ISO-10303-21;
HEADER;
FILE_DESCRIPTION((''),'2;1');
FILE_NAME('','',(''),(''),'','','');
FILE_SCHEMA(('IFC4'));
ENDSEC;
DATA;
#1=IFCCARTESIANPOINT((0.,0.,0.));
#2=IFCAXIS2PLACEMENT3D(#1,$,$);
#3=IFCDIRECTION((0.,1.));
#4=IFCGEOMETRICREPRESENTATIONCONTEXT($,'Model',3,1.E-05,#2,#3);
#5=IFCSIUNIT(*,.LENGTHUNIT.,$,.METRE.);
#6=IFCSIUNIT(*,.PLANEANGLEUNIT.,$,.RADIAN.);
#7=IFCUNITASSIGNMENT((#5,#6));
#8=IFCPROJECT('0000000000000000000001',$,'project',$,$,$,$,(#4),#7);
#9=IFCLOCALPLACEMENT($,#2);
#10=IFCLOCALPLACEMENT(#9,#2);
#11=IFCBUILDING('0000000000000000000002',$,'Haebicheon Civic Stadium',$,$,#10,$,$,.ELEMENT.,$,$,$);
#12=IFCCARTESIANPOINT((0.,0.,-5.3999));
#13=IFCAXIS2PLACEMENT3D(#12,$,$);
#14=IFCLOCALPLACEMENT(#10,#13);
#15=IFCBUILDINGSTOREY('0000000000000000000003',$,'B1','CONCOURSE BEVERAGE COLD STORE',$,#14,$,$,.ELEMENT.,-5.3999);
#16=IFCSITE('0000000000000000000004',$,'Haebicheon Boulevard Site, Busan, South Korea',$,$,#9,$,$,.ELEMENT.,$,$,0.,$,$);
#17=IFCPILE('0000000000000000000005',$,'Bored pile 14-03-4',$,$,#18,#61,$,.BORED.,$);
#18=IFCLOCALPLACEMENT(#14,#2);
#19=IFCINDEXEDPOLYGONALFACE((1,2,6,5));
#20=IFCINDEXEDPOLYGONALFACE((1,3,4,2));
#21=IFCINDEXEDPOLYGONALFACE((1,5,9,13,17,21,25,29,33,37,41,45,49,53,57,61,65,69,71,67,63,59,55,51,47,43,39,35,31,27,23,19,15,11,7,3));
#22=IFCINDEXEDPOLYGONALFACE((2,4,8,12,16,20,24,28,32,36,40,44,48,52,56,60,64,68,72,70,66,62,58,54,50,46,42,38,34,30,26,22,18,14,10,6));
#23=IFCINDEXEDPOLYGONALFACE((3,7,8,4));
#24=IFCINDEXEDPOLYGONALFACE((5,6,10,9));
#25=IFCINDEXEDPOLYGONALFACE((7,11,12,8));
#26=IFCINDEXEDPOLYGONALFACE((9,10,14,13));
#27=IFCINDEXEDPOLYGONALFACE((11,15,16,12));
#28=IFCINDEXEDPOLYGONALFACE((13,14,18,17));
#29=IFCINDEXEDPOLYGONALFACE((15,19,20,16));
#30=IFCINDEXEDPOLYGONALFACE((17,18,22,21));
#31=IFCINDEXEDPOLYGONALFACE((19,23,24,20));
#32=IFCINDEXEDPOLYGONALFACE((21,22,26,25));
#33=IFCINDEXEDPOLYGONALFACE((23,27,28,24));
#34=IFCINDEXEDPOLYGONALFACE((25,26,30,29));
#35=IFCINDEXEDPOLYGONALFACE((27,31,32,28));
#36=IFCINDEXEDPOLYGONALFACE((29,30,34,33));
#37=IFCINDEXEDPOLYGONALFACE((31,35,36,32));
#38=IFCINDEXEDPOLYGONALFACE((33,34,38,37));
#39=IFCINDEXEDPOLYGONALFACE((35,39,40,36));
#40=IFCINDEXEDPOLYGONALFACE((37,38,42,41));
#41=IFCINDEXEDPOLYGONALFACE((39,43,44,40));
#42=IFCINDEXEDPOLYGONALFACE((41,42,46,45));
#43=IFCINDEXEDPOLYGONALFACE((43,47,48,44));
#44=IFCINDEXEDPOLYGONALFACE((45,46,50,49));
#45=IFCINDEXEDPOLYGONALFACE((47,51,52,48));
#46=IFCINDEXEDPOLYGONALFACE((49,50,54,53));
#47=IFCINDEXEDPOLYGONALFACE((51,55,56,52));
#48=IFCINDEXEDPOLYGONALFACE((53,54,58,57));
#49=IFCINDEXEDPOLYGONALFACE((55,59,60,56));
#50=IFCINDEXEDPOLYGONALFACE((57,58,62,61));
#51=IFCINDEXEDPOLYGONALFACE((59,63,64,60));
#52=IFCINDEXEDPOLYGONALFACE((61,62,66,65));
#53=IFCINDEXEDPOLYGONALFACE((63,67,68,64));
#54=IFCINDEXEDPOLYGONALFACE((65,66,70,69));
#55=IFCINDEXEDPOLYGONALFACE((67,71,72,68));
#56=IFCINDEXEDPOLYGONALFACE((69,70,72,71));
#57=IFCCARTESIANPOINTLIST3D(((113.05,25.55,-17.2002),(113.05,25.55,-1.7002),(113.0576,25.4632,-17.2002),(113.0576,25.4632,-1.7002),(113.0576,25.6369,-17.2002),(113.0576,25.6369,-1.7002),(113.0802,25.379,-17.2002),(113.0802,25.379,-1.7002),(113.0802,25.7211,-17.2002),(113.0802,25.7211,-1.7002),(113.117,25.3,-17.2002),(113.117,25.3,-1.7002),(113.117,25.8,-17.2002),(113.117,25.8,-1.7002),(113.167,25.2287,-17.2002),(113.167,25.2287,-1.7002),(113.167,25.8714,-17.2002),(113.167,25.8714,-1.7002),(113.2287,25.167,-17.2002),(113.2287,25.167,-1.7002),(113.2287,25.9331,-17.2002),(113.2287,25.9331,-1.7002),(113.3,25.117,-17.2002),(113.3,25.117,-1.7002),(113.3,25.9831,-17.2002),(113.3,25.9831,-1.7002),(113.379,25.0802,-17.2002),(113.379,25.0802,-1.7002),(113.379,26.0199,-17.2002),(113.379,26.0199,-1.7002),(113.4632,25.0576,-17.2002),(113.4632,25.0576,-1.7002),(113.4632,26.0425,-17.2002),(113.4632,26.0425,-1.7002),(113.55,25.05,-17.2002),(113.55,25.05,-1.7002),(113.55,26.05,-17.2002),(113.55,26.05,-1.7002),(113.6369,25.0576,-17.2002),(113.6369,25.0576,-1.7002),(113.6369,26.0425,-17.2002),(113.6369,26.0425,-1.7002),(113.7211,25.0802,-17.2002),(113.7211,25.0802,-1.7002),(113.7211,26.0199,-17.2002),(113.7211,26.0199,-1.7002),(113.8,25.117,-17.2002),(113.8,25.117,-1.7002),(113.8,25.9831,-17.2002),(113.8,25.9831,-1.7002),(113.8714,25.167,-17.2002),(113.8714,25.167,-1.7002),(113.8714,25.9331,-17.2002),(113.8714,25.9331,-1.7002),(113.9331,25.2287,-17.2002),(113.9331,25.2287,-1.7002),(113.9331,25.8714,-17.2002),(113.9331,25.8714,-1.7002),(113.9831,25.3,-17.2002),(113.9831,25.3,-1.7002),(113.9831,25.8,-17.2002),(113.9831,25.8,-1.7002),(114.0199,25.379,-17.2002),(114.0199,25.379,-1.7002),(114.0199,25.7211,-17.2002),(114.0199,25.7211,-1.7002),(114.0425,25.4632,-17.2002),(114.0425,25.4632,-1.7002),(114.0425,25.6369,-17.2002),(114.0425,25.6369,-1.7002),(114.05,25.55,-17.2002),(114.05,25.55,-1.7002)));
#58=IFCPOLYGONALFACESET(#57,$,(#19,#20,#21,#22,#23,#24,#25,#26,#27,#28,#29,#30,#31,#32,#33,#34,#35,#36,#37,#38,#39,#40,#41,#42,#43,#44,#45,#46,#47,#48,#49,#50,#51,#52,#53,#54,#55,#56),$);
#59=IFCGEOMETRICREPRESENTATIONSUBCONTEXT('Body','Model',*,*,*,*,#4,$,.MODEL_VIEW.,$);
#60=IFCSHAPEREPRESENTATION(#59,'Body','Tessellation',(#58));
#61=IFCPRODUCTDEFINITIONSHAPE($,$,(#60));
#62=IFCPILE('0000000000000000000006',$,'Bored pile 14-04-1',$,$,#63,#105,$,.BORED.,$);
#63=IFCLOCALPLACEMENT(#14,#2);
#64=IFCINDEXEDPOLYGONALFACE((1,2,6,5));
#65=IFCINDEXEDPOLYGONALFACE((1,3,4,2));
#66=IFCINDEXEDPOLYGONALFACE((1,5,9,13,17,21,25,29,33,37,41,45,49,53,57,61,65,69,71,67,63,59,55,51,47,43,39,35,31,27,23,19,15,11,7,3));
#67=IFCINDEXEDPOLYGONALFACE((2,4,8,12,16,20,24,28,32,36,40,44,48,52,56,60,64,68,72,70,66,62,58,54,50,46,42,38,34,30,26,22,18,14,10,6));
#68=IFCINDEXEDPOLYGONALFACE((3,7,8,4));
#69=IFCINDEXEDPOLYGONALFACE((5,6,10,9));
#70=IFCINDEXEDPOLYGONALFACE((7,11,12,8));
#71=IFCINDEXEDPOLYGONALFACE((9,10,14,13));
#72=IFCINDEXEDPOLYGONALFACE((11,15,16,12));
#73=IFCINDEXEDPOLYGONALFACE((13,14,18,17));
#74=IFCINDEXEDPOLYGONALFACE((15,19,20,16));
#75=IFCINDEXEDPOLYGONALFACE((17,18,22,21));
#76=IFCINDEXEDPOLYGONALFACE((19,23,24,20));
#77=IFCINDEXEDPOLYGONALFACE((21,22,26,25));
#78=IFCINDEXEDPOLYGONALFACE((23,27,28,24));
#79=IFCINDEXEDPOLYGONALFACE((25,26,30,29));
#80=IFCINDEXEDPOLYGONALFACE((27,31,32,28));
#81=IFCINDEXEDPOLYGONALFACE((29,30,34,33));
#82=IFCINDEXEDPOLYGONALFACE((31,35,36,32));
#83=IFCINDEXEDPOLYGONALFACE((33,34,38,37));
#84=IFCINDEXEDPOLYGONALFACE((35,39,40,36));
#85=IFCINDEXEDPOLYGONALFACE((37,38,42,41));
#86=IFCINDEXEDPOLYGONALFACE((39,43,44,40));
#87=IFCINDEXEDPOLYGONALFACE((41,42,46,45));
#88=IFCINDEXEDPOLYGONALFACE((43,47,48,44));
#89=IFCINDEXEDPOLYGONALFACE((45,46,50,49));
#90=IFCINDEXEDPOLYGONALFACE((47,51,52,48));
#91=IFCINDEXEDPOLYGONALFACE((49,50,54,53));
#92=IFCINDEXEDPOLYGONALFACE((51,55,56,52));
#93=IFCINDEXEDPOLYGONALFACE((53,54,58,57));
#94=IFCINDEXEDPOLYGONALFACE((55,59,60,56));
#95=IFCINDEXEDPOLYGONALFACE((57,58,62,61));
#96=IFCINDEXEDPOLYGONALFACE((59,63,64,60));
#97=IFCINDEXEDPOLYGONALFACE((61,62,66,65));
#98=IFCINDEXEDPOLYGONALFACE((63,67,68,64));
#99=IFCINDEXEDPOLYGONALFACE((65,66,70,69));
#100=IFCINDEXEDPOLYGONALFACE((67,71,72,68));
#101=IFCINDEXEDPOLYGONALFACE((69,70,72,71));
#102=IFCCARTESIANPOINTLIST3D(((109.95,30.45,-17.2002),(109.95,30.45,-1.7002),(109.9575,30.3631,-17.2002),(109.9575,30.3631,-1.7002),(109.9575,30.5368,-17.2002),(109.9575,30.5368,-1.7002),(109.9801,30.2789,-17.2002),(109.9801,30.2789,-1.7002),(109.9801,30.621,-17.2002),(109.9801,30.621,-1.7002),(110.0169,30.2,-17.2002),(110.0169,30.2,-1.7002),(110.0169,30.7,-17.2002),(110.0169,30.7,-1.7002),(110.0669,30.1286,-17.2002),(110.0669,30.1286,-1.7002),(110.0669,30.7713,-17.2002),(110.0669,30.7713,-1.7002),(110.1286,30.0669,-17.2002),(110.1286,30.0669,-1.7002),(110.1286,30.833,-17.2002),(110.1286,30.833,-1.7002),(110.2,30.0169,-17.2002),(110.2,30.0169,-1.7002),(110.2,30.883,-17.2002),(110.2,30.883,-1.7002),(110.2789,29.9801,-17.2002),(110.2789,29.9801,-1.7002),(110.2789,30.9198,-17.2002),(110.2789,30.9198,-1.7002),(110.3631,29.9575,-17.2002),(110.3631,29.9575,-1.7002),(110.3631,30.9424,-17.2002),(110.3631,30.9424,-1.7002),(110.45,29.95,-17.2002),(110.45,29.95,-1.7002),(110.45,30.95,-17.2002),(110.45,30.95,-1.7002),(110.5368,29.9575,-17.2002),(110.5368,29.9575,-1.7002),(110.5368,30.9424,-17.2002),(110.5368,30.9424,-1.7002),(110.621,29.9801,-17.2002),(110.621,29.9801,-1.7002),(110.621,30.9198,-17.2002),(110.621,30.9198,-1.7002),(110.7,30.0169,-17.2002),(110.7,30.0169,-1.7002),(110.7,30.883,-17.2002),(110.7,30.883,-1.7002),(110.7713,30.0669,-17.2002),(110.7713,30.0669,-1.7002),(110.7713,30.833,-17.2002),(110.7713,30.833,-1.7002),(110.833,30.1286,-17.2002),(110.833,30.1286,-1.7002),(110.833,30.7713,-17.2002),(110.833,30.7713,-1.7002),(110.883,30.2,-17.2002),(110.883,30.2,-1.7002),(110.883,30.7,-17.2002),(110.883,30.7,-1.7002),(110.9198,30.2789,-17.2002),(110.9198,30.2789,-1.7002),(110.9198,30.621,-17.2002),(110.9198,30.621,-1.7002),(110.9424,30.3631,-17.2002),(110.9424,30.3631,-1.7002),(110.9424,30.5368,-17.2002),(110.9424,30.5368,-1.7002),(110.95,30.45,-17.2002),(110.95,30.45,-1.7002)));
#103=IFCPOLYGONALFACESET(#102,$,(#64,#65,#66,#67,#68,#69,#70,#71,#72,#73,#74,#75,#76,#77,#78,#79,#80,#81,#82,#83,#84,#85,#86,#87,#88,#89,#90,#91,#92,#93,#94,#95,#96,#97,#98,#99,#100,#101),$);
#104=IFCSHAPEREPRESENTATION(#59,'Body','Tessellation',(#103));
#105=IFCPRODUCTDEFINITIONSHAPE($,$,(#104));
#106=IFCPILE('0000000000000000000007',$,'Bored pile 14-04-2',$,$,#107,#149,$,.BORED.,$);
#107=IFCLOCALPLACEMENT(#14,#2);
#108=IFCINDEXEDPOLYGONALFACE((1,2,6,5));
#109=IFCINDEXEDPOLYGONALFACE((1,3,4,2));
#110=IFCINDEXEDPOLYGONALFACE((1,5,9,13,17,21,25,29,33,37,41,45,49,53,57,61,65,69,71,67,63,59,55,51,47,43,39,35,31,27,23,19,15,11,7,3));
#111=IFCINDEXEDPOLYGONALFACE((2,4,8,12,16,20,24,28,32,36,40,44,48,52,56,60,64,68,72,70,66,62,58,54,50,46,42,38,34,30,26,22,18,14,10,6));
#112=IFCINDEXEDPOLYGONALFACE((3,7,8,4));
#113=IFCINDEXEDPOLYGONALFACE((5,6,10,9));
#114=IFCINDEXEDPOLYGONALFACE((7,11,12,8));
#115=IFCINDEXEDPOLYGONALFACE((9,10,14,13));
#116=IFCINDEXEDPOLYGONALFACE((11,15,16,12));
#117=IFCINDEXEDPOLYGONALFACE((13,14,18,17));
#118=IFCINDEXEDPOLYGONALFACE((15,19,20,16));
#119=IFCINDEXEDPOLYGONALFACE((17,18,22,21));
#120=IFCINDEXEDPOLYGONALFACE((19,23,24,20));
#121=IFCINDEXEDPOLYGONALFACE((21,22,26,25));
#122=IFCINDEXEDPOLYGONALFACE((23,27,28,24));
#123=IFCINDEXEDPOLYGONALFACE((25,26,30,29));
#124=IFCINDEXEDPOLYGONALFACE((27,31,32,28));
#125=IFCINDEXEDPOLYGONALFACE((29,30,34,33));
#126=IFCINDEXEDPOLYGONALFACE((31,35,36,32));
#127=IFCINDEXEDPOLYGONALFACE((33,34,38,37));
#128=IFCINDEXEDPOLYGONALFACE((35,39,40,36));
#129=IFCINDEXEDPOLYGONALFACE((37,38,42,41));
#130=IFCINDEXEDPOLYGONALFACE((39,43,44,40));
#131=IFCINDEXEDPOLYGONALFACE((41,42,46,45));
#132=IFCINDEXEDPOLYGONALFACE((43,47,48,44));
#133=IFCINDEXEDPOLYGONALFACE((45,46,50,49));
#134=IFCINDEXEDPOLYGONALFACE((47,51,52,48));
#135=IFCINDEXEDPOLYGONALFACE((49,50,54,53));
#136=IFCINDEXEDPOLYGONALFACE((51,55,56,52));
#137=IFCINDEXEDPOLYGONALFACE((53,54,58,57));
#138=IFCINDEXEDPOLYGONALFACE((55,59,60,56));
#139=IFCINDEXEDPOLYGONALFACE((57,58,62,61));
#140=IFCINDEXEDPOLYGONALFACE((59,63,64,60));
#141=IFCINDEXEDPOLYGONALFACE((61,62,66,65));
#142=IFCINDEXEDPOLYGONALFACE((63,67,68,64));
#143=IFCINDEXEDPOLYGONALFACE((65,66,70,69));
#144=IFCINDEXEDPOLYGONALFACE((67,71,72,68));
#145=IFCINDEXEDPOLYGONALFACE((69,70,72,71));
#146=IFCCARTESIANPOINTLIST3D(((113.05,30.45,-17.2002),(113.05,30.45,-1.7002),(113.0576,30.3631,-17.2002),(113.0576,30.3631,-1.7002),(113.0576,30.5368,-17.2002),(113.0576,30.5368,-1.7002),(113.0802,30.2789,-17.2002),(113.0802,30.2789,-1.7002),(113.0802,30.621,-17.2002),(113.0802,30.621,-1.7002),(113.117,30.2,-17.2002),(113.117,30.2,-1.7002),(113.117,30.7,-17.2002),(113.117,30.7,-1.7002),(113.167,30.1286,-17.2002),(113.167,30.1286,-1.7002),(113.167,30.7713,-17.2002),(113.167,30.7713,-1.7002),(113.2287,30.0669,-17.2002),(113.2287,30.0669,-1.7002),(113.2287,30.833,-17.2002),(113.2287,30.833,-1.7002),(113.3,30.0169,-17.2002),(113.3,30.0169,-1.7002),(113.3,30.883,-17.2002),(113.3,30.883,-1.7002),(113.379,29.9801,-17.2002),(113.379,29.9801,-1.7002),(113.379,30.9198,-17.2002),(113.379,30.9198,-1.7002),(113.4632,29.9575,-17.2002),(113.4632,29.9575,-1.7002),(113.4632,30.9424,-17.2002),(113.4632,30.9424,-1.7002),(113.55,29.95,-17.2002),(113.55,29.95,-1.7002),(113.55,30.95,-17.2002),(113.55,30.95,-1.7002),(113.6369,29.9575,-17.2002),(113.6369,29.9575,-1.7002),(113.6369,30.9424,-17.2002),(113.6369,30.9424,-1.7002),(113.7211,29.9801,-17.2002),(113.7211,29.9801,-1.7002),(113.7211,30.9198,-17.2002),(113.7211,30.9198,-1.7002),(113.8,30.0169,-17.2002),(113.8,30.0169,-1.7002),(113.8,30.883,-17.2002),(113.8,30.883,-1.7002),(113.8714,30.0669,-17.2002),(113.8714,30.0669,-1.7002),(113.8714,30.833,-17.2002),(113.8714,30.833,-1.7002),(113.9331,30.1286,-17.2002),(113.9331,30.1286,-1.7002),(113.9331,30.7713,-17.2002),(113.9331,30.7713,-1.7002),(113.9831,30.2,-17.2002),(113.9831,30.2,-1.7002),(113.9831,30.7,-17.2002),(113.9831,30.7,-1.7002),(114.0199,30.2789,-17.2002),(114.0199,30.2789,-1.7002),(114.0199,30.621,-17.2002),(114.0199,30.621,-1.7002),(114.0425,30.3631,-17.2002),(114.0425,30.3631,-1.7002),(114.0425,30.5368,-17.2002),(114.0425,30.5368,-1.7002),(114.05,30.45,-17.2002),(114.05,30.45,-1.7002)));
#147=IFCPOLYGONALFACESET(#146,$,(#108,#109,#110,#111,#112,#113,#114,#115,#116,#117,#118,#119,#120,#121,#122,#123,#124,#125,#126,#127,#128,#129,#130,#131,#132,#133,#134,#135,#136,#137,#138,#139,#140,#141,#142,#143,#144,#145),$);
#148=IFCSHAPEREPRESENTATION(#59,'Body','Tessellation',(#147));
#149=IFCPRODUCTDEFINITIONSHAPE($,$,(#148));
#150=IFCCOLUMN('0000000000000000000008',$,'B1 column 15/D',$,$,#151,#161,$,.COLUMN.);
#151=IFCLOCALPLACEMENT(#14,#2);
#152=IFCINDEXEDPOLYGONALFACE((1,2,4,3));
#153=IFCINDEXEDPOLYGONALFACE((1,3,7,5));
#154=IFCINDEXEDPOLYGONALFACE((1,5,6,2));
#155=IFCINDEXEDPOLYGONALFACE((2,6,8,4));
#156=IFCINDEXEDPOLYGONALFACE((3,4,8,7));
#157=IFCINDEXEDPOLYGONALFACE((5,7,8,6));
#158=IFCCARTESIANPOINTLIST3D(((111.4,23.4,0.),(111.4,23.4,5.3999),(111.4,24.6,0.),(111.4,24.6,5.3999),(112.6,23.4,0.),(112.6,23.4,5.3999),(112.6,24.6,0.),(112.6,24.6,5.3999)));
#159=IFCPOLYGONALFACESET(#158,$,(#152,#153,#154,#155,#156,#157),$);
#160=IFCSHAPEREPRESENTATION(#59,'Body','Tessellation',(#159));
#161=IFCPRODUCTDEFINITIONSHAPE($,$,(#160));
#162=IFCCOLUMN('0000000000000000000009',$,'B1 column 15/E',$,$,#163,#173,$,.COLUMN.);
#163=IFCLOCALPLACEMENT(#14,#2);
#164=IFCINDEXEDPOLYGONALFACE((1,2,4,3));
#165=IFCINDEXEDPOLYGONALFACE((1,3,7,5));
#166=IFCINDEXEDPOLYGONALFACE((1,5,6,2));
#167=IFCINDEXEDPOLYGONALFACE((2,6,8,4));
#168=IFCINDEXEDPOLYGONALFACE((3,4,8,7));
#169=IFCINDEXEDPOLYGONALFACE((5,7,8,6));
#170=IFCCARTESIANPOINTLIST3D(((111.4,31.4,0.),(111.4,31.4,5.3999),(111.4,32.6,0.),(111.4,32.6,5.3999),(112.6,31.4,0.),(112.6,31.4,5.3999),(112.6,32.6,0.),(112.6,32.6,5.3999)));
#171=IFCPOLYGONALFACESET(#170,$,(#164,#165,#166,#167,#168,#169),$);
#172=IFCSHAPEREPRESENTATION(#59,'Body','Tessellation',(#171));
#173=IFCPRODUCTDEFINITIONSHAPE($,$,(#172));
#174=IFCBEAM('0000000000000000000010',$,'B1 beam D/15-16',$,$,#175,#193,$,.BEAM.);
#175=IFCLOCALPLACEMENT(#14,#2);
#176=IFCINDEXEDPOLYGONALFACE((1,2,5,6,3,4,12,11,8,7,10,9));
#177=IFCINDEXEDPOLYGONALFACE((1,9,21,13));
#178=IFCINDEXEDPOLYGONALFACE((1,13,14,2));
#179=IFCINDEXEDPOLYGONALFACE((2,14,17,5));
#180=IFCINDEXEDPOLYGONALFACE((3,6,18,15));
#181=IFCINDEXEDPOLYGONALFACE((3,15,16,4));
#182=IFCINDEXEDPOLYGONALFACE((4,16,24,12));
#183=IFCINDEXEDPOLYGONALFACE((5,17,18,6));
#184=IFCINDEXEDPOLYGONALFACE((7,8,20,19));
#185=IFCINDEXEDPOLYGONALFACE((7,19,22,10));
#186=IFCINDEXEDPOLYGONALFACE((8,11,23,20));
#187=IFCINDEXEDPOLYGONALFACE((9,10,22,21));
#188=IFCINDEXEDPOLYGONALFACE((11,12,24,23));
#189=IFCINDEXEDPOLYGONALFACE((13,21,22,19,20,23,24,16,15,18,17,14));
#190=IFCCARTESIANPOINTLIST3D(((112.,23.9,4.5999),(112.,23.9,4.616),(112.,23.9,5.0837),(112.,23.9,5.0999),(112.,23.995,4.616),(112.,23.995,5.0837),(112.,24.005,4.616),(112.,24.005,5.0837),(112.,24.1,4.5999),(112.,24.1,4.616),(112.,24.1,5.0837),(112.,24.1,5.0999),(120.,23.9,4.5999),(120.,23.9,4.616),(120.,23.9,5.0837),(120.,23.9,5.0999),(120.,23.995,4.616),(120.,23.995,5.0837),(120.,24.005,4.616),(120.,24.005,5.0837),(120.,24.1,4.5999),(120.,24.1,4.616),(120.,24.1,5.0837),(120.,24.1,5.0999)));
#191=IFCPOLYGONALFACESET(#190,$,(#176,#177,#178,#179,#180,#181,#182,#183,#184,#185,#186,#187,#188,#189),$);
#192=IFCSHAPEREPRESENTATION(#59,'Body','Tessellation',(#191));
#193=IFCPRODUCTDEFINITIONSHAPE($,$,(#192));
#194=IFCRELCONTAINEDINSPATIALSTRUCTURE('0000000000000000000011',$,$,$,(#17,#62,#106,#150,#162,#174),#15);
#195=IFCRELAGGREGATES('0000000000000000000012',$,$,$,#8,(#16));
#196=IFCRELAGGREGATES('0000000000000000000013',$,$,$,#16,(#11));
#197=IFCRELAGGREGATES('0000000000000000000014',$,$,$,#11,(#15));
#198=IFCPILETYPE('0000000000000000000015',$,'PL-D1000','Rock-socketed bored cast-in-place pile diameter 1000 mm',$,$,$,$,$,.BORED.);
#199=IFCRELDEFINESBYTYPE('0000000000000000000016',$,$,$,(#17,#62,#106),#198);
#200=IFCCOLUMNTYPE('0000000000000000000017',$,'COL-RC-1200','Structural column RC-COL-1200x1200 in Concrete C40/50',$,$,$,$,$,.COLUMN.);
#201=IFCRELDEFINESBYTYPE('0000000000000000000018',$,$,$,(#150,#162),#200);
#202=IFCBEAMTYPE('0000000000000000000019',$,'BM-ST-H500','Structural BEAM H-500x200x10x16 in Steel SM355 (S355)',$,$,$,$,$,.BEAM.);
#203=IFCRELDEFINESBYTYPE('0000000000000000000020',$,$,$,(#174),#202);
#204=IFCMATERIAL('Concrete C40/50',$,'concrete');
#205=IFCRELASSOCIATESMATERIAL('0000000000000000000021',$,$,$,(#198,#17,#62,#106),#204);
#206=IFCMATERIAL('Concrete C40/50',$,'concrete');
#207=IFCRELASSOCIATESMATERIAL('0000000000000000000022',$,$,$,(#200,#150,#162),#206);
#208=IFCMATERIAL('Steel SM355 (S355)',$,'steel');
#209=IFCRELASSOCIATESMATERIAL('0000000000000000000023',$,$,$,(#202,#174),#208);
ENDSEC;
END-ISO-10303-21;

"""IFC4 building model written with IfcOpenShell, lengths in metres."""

from ifc_helpers import new_model, si_unit, direction, frame, origin, origin_2d, place, context, subcontext, project, spatial, rectangle, circle, i_section, extrude, material, material_profile, profile_set, type_object, element, save


model = new_model("IFC4")

# Units and contexts
model_context = context("Model", 3, precision=1e-05, world=origin(), true_north=direction((0.0, 1.0)))
body_context = subcontext(model_context, "Body", "Model", "MODEL_VIEW")
ifc_project = project(units=[si_unit("LENGTHUNIT", "METRE"), si_unit("PLANEANGLEUNIT", "RADIAN")], contexts=[model_context])

# Site, building, storey
site_placement = place(None, origin())
site = spatial("IfcSite", under=ifc_project, at=site_placement, Name="Haebicheon Boulevard Site, Busan, South Korea", CompositionType="ELEMENT", RefElevation=0.0)
building_placement = place(site_placement, origin())
building = spatial("IfcBuilding", under=site, at=building_placement, Name="Haebicheon Civic Stadium", CompositionType="ELEMENT")
storey_placement = place(building_placement, frame((0.0, 0.0, -5.3999)))
storey = spatial("IfcBuildingStorey", under=building, at=storey_placement, Name="B1", Description="CONCOURSE BEVERAGE COLD STORE", CompositionType="ELEMENT", Elevation=-5.3999)

# Piles
ifc_material_1 = material(Name="Concrete C40/50", Category="concrete")
ifc_material_profile_1 = material_profile(ifc_material_1, circle(Radius=0.5, at=origin_2d()), Name="PILE-D1000")
ifc_profile_set_1 = profile_set([ifc_material_profile_1], Name="Concrete C40/50")
pile_type = type_object("IfcPileType", Name="PL-D1000", Description="Rock-socketed bored cast-in-place pile diameter 1000 mm", PredefinedType="BORED", material=ifc_profile_set_1)
for number, where, z_axis, x_axis, name in (
    (1, (113.55, 25.55, -1.7002), (0.0, 0.0, -1.0), (1.0, 0.0, 0.0), "Bored pile 14-03-4"),
    (2, (110.45, 30.45, -1.7002), (0.0, 0.0, -1.0), (1.0, 0.0, 0.0), "Bored pile 14-04-1"),
    (3, (113.55, 30.45, -1.7002), (0.0, 0.0, -1.0), (1.0, 0.0, 0.0), "Bored pile 14-04-2"),
):
    element("IfcPile", number, at=place(storey_placement, frame(where, z_axis=z_axis, x_axis=x_axis)), inside=storey, type_object=pile_type, material=ifc_profile_set_1, Name=name, PredefinedType="BORED", context=body_context, shape_type="SweptSolid", body=[
        extrude(circle(Radius=0.5, at=origin_2d()), origin(), (0.0, 0.0, 1.0), 15.5),
    ])

# Columns
ifc_material_2 = material(Name="Concrete C40/50", Category="concrete")
ifc_material_profile_2 = material_profile(ifc_material_2, rectangle(XDim=1.2, YDim=1.2, at=origin_2d()), Name="RC-COL-1200x1200")
ifc_profile_set_2 = profile_set([ifc_material_profile_2], Name="Concrete C40/50")
column_type = type_object("IfcColumnType", Name="COL-RC-1200", Description="Structural column RC-COL-1200x1200 in Concrete C40/50", PredefinedType="COLUMN", material=ifc_profile_set_2)
for number, where, z_axis, x_axis, name in (
    (4, (112.0, 24.0, 0.0), (0.0, 0.0, 1.0), (1.0, 0.0, 0.0), "B1 column 15/D"),
    (5, (112.0, 32.0, 0.0), (0.0, 0.0, 1.0), (1.0, 0.0, 0.0), "B1 column 15/E"),
):
    element("IfcColumn", number, at=place(storey_placement, frame(where, z_axis=z_axis, x_axis=x_axis)), inside=storey, type_object=column_type, material=ifc_profile_set_2, Name=name, PredefinedType="COLUMN", context=body_context, shape_type="SweptSolid", body=[
        extrude(rectangle(XDim=1.2, YDim=1.2, at=origin_2d()), origin(), (0.0, 0.0, 1.0), 5.3999),
    ])

# Beam
ifc_material_3 = material(Name="Steel SM355 (S355)", Category="steel")
ifc_material_profile_3 = material_profile(ifc_material_3, i_section(OverallWidth=0.2, OverallDepth=0.5, WebThickness=0.01, FlangeThickness=0.0161, at=origin_2d()), Name="H-500x200x10x16")
ifc_profile_set_3 = profile_set([ifc_material_profile_3], Name="Steel SM355 (S355)")
beam_type_1 = type_object("IfcBeamType", Name="BM-ST-H500", Description="Structural BEAM H-500x200x10x16 in Steel SM355 (S355)", PredefinedType="BEAM", material=ifc_profile_set_3)
beam_1_placement = place(storey_placement, frame((112.0, 24.0, 4.8499), z_axis=(1.0, 0.0, 0.0), x_axis=(0.0, 1.0, 0.0)))
element("IfcBeam", 6, at=beam_1_placement, inside=storey, type_object=beam_type_1, material=ifc_profile_set_3, Name="B1 beam D/15-16", PredefinedType="BEAM", context=body_context, shape_type="SweptSolid", body=[
    extrude(i_section(OverallWidth=0.2, OverallDepth=0.5, WebThickness=0.01, FlangeThickness=0.0161, at=origin_2d()), origin(), (0.0, 0.0, 1.0), 8.0),
])

save(model, "model.ifc")
